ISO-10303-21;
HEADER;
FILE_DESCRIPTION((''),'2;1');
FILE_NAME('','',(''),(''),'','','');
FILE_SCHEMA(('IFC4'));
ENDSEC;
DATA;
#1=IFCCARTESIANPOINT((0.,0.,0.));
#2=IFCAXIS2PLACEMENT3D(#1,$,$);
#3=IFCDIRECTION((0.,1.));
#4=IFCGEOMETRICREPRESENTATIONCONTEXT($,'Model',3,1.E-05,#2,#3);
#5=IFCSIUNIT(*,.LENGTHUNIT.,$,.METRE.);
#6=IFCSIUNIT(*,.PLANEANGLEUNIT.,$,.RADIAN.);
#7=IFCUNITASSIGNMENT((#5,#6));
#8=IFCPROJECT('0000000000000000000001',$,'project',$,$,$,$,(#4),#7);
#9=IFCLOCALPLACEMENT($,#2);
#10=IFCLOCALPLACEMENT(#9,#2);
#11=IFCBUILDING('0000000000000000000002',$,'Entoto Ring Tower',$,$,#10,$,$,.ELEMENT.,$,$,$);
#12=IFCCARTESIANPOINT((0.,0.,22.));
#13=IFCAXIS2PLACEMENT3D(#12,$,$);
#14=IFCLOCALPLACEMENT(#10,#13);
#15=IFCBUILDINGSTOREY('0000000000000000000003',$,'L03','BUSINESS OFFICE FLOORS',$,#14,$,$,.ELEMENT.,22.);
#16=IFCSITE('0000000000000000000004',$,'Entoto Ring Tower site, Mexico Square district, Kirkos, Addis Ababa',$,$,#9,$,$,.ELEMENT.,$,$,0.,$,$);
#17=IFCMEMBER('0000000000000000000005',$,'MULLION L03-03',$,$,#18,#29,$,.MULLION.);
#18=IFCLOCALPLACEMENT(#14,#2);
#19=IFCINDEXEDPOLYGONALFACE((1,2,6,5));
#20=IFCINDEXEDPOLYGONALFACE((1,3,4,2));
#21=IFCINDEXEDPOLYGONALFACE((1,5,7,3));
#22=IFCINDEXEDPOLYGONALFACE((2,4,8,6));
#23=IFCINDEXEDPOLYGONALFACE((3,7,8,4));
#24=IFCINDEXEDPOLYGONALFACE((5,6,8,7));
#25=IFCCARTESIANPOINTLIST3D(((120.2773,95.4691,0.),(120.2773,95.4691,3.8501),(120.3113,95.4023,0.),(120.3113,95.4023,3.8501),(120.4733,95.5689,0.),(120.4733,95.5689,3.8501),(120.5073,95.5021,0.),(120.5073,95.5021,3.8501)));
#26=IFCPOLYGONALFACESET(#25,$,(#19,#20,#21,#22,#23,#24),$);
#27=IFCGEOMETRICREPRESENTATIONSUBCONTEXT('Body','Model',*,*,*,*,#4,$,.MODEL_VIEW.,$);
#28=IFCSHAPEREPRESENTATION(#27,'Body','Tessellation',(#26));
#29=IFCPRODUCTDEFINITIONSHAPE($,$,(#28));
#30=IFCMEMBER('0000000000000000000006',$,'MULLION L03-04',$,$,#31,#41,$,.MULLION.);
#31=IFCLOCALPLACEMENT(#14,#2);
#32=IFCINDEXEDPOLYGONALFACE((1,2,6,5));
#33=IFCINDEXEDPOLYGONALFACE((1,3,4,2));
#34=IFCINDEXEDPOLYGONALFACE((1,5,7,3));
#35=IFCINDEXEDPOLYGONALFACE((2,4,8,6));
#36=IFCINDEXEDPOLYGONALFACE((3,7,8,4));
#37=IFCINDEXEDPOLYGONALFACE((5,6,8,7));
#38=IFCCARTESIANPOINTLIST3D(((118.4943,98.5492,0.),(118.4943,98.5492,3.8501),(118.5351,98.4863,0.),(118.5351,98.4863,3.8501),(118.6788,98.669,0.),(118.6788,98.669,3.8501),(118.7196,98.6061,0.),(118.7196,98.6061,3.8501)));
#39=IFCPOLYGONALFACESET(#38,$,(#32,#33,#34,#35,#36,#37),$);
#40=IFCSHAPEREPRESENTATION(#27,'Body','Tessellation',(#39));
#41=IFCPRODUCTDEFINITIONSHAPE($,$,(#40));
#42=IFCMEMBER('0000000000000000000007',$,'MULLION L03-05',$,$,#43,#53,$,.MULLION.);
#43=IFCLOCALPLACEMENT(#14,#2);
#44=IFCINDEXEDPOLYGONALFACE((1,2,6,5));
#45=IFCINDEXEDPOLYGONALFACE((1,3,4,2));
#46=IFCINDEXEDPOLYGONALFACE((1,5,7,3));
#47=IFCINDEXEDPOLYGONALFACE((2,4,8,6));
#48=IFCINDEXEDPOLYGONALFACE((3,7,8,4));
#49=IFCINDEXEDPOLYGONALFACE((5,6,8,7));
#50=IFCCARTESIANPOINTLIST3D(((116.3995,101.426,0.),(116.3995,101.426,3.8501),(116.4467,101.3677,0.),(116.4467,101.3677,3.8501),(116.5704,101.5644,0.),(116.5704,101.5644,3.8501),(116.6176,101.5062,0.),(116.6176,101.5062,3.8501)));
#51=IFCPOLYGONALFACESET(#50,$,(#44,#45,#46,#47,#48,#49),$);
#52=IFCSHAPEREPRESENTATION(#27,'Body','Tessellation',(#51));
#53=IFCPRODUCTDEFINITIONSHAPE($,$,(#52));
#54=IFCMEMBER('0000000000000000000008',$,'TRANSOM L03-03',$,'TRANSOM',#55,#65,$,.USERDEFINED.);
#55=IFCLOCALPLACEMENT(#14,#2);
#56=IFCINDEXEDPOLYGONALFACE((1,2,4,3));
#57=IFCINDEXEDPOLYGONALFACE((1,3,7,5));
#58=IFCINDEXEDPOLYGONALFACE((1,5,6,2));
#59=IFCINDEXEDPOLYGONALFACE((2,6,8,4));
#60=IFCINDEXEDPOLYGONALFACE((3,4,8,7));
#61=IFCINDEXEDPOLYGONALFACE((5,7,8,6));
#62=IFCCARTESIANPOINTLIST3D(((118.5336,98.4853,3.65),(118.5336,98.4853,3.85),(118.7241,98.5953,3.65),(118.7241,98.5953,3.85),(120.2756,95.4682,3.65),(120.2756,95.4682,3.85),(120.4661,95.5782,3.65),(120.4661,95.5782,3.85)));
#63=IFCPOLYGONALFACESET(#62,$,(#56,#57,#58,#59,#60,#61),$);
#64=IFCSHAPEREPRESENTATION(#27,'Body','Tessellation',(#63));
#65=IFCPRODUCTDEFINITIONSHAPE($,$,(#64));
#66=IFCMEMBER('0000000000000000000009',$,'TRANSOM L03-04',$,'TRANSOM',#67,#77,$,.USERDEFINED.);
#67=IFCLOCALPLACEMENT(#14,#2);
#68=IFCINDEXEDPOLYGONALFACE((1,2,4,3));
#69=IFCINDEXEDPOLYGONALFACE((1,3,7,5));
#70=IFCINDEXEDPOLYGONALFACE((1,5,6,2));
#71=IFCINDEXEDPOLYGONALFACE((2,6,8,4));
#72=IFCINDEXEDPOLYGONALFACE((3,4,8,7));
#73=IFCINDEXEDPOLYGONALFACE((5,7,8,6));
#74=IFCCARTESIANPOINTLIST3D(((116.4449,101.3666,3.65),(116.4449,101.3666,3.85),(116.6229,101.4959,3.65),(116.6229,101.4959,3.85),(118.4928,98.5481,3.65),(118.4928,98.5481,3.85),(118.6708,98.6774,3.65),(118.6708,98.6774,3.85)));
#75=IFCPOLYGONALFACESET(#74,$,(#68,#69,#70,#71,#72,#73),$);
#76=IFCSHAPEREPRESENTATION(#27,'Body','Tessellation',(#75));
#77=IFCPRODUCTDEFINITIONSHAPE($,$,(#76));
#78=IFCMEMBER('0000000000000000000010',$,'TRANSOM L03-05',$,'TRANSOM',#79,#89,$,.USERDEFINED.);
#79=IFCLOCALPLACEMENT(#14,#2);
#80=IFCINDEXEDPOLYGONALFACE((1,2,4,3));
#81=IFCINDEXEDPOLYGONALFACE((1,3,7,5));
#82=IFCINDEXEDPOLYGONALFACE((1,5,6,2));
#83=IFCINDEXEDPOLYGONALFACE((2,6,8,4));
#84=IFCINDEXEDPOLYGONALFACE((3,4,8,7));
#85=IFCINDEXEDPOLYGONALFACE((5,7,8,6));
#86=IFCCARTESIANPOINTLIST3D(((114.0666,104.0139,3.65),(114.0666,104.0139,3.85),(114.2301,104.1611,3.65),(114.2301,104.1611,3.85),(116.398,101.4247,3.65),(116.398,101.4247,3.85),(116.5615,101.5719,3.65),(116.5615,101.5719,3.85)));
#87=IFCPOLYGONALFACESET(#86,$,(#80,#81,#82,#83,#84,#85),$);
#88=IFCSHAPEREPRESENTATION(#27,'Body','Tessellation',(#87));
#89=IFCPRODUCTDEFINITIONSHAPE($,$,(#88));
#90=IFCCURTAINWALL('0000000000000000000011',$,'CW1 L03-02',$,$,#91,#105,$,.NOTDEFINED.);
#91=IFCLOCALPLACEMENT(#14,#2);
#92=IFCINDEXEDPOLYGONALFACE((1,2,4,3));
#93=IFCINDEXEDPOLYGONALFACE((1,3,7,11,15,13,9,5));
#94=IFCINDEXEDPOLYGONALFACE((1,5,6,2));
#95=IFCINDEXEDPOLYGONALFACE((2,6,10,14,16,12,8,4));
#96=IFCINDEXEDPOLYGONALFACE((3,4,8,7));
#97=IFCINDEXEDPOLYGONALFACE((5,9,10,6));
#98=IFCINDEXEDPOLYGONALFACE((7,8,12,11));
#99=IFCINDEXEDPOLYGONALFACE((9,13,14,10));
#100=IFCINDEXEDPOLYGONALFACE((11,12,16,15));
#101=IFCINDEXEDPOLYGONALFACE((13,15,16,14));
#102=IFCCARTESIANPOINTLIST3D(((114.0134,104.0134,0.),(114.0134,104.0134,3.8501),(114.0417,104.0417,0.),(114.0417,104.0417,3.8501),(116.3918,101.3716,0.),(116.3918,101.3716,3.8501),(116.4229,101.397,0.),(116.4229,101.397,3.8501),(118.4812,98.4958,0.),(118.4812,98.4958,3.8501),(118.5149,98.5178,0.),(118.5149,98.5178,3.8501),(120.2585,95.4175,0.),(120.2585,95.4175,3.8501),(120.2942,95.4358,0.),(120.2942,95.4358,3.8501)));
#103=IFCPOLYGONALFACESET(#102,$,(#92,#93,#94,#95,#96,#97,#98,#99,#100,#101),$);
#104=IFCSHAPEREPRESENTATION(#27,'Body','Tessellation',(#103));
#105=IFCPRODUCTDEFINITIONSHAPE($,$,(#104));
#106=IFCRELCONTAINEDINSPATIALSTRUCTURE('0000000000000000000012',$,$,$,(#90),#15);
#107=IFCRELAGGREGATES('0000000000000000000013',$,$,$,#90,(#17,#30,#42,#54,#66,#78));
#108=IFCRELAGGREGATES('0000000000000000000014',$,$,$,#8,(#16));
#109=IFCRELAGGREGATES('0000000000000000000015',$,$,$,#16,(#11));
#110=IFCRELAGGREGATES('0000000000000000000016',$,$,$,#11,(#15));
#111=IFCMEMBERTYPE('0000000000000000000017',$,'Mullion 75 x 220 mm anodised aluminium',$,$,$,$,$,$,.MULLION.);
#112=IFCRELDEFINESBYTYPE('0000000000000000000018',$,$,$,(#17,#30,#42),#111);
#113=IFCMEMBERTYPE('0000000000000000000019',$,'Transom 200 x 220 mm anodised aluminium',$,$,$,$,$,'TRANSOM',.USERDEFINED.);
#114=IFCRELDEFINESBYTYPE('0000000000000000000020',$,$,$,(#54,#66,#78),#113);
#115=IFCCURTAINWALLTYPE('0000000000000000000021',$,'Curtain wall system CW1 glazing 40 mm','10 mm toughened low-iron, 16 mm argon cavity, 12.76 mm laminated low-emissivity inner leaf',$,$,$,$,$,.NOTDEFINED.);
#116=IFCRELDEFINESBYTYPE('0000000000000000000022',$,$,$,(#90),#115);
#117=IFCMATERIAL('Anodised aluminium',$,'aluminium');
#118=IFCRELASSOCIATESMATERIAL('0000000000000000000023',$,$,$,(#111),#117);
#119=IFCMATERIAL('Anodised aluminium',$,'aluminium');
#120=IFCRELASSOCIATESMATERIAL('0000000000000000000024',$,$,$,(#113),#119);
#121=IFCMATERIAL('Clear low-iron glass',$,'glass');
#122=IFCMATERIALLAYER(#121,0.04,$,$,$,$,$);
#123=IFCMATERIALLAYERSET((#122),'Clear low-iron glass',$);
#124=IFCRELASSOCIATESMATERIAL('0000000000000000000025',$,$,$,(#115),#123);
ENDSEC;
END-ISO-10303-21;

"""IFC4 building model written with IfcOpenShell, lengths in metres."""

from ifc_helpers import new_model, si_unit, direction, frame, origin, origin_2d, place, context, subcontext, project, spatial, polyline, rectangle, outline, extrude, material, layer, layer_set, material_profile, profile_set, type_object, element, aggregate, save


model = new_model("IFC4")

# Units and contexts
model_context = context("Model", 3, precision=1e-05, world=origin(), true_north=direction((0.0, 1.0)))
body_context = subcontext(model_context, "Body", "Model", "MODEL_VIEW")
ifc_project = project(units=[si_unit("LENGTHUNIT", "METRE"), si_unit("PLANEANGLEUNIT", "RADIAN")], contexts=[model_context])

# Members
ifc_material_1 = material(Name="Anodised aluminium", Category="aluminium")
ifc_material_profile_1 = material_profile(ifc_material_1, rectangle(XDim=0.075, YDim=0.22, at=origin_2d()), Name="Mullion 75 x 220 mm anodised aluminium")
ifc_profile_set_1 = profile_set([ifc_material_profile_1], Name="Anodised aluminium")
member_type_1 = type_object("IfcMemberType", Name="Mullion 75 x 220 mm anodised aluminium", PredefinedType="MULLION", material=ifc_profile_set_1)
site_placement = place(None, origin())
building_placement = place(site_placement, origin())
storey_placement = place(building_placement, frame((0.0, 0.0, 22.0)))
member_1_placement = place(storey_placement, frame((120.3923, 95.4856, 0.0), z_axis=(0.0, 0.0, 1.0), x_axis=(-0.45399, 0.891007, 0.0)))
member_1 = element("IfcMember", 1, at=member_1_placement, type_object=member_type_1, Name="MULLION L03-03", PredefinedType="MULLION", context=body_context, shape_type="SweptSolid", body=[
    extrude(rectangle(XDim=0.075, YDim=0.22, at=origin_2d()), origin(), (0.0, 0.0, 1.0), 3.8501),
])
member_2_placement = place(storey_placement, frame((118.6069, 98.5776, 0.0), z_axis=(0.0, 0.0, 1.0), x_axis=(-0.544639, 0.838671, 0.0)))
member_2 = element("IfcMember", 2, at=member_2_placement, type_object=member_type_1, Name="MULLION L03-04", PredefinedType="MULLION", context=body_context, shape_type="SweptSolid", body=[
    extrude(rectangle(XDim=0.075, YDim=0.22, at=origin_2d()), origin(), (0.0, 0.0, 1.0), 3.8501),
])
member_3_placement = place(storey_placement, frame((116.5085, 101.4661, 0.0), z_axis=(0.0, 0.0, 1.0), x_axis=(-0.62932, 0.777146, 0.0)))
member_3 = element("IfcMember", 3, at=member_3_placement, type_object=member_type_1, Name="MULLION L03-05", PredefinedType="MULLION", context=body_context, shape_type="SweptSolid", body=[
    extrude(rectangle(XDim=0.075, YDim=0.22, at=origin_2d()), origin(), (0.0, 0.0, 1.0), 3.8501),
])
ifc_material_2 = material(Name="Anodised aluminium", Category="aluminium")
ifc_material_profile_2 = material_profile(ifc_material_2, rectangle(XDim=0.22, YDim=0.2, at=origin_2d()), Name="Transom 200 x 220 mm anodised aluminium")
ifc_profile_set_2 = profile_set([ifc_material_profile_2], Name="Anodised aluminium")
member_type_2 = type_object("IfcMemberType", Name="Transom 200 x 220 mm anodised aluminium", ElementType="TRANSOM", PredefinedType="USERDEFINED", material=ifc_profile_set_2)
member_4_placement = place(storey_placement, frame((120.3708, 95.5232, 3.75), z_axis=(-0.500006, 0.866022, 0.0), x_axis=(-0.866022, -0.500006, 0.0)))
member_4 = element("IfcMember", 4, at=member_4_placement, type_object=member_type_2, Name="TRANSOM L03-03", ObjectType="TRANSOM", PredefinedType="USERDEFINED", context=body_context, shape_type="SweptSolid", body=[
    extrude(rectangle(XDim=0.22, YDim=0.2, at=origin_2d()), origin(), (0.0, 0.0, 1.0), 3.4839),
])
member_5_placement = place(storey_placement, frame((118.5818, 98.6128, 3.75), z_axis=(-0.587822, 0.808991, 0.0), x_axis=(-0.808991, -0.587822, 0.0)))
member_5 = element("IfcMember", 5, at=member_5_placement, type_object=member_type_2, Name="TRANSOM L03-04", ObjectType="TRANSOM", PredefinedType="USERDEFINED", context=body_context, shape_type="SweptSolid", body=[
    extrude(rectangle(XDim=0.22, YDim=0.2, at=origin_2d()), origin(), (0.0, 0.0, 1.0), 3.4839),
])
member_6_placement = place(storey_placement, frame((116.4797, 101.4983, 3.75), z_axis=(-0.669139, 0.743137, 0.0), x_axis=(-0.743137, -0.669139, 0.0)))
member_6 = element("IfcMember", 6, at=member_6_placement, type_object=member_type_2, Name="TRANSOM L03-05", ObjectType="TRANSOM", PredefinedType="USERDEFINED", context=body_context, shape_type="SweptSolid", body=[
    extrude(rectangle(XDim=0.22, YDim=0.2, at=origin_2d()), origin(), (0.0, 0.0, 1.0), 3.4841),
])

# Site, building, storey
site = spatial("IfcSite", under=ifc_project, at=site_placement, Name="Entoto Ring Tower site, Mexico Square district, Kirkos, Addis Ababa", CompositionType="ELEMENT", RefElevation=0.0)
building = spatial("IfcBuilding", under=site, at=building_placement, Name="Entoto Ring Tower", CompositionType="ELEMENT")
storey = spatial("IfcBuildingStorey", under=building, at=storey_placement, Name="L03", Description="BUSINESS OFFICE FLOORS", CompositionType="ELEMENT", Elevation=22.0)

# Curtain wall
ifc_material_3 = material(Name="Clear low-iron glass", Category="glass")
ifc_layer_1 = layer(ifc_material_3, 0.04)
ifc_layer_set_1 = layer_set([ifc_layer_1], Name="Clear low-iron glass")
curtain_wall_type = type_object("IfcCurtainWallType", Name="Curtain wall system CW1 glazing 40 mm", Description="10 mm toughened low-iron, 16 mm argon cavity, 12.76 mm laminated low-emissivity inner leaf", PredefinedType="NOTDEFINED", material=ifc_layer_set_1)
curtain_wall_1_placement = place(storey_placement, origin())
curtain_wall_1 = element("IfcCurtainWall", 7, at=curtain_wall_1_placement, inside=storey, type_object=curtain_wall_type, Name="CW1 L03-02", PredefinedType="NOTDEFINED", context=body_context, shape_type="SweptSolid", body=[
    extrude(outline(polyline([(120.2942, 95.4358), (118.5149, 98.5178), (116.4229, 101.397), (114.0417, 104.0417), (114.0134, 104.0134), (116.3918, 101.3716), (118.4812, 98.4958), (120.2585, 95.4175), (120.2942, 95.4358)])), origin(), (0.0, 0.0, 1.0), 3.8501),
])
aggregate(curtain_wall_1, [member_1, member_2, member_3, member_4, member_5, member_6])

save(model, "model.ifc")
